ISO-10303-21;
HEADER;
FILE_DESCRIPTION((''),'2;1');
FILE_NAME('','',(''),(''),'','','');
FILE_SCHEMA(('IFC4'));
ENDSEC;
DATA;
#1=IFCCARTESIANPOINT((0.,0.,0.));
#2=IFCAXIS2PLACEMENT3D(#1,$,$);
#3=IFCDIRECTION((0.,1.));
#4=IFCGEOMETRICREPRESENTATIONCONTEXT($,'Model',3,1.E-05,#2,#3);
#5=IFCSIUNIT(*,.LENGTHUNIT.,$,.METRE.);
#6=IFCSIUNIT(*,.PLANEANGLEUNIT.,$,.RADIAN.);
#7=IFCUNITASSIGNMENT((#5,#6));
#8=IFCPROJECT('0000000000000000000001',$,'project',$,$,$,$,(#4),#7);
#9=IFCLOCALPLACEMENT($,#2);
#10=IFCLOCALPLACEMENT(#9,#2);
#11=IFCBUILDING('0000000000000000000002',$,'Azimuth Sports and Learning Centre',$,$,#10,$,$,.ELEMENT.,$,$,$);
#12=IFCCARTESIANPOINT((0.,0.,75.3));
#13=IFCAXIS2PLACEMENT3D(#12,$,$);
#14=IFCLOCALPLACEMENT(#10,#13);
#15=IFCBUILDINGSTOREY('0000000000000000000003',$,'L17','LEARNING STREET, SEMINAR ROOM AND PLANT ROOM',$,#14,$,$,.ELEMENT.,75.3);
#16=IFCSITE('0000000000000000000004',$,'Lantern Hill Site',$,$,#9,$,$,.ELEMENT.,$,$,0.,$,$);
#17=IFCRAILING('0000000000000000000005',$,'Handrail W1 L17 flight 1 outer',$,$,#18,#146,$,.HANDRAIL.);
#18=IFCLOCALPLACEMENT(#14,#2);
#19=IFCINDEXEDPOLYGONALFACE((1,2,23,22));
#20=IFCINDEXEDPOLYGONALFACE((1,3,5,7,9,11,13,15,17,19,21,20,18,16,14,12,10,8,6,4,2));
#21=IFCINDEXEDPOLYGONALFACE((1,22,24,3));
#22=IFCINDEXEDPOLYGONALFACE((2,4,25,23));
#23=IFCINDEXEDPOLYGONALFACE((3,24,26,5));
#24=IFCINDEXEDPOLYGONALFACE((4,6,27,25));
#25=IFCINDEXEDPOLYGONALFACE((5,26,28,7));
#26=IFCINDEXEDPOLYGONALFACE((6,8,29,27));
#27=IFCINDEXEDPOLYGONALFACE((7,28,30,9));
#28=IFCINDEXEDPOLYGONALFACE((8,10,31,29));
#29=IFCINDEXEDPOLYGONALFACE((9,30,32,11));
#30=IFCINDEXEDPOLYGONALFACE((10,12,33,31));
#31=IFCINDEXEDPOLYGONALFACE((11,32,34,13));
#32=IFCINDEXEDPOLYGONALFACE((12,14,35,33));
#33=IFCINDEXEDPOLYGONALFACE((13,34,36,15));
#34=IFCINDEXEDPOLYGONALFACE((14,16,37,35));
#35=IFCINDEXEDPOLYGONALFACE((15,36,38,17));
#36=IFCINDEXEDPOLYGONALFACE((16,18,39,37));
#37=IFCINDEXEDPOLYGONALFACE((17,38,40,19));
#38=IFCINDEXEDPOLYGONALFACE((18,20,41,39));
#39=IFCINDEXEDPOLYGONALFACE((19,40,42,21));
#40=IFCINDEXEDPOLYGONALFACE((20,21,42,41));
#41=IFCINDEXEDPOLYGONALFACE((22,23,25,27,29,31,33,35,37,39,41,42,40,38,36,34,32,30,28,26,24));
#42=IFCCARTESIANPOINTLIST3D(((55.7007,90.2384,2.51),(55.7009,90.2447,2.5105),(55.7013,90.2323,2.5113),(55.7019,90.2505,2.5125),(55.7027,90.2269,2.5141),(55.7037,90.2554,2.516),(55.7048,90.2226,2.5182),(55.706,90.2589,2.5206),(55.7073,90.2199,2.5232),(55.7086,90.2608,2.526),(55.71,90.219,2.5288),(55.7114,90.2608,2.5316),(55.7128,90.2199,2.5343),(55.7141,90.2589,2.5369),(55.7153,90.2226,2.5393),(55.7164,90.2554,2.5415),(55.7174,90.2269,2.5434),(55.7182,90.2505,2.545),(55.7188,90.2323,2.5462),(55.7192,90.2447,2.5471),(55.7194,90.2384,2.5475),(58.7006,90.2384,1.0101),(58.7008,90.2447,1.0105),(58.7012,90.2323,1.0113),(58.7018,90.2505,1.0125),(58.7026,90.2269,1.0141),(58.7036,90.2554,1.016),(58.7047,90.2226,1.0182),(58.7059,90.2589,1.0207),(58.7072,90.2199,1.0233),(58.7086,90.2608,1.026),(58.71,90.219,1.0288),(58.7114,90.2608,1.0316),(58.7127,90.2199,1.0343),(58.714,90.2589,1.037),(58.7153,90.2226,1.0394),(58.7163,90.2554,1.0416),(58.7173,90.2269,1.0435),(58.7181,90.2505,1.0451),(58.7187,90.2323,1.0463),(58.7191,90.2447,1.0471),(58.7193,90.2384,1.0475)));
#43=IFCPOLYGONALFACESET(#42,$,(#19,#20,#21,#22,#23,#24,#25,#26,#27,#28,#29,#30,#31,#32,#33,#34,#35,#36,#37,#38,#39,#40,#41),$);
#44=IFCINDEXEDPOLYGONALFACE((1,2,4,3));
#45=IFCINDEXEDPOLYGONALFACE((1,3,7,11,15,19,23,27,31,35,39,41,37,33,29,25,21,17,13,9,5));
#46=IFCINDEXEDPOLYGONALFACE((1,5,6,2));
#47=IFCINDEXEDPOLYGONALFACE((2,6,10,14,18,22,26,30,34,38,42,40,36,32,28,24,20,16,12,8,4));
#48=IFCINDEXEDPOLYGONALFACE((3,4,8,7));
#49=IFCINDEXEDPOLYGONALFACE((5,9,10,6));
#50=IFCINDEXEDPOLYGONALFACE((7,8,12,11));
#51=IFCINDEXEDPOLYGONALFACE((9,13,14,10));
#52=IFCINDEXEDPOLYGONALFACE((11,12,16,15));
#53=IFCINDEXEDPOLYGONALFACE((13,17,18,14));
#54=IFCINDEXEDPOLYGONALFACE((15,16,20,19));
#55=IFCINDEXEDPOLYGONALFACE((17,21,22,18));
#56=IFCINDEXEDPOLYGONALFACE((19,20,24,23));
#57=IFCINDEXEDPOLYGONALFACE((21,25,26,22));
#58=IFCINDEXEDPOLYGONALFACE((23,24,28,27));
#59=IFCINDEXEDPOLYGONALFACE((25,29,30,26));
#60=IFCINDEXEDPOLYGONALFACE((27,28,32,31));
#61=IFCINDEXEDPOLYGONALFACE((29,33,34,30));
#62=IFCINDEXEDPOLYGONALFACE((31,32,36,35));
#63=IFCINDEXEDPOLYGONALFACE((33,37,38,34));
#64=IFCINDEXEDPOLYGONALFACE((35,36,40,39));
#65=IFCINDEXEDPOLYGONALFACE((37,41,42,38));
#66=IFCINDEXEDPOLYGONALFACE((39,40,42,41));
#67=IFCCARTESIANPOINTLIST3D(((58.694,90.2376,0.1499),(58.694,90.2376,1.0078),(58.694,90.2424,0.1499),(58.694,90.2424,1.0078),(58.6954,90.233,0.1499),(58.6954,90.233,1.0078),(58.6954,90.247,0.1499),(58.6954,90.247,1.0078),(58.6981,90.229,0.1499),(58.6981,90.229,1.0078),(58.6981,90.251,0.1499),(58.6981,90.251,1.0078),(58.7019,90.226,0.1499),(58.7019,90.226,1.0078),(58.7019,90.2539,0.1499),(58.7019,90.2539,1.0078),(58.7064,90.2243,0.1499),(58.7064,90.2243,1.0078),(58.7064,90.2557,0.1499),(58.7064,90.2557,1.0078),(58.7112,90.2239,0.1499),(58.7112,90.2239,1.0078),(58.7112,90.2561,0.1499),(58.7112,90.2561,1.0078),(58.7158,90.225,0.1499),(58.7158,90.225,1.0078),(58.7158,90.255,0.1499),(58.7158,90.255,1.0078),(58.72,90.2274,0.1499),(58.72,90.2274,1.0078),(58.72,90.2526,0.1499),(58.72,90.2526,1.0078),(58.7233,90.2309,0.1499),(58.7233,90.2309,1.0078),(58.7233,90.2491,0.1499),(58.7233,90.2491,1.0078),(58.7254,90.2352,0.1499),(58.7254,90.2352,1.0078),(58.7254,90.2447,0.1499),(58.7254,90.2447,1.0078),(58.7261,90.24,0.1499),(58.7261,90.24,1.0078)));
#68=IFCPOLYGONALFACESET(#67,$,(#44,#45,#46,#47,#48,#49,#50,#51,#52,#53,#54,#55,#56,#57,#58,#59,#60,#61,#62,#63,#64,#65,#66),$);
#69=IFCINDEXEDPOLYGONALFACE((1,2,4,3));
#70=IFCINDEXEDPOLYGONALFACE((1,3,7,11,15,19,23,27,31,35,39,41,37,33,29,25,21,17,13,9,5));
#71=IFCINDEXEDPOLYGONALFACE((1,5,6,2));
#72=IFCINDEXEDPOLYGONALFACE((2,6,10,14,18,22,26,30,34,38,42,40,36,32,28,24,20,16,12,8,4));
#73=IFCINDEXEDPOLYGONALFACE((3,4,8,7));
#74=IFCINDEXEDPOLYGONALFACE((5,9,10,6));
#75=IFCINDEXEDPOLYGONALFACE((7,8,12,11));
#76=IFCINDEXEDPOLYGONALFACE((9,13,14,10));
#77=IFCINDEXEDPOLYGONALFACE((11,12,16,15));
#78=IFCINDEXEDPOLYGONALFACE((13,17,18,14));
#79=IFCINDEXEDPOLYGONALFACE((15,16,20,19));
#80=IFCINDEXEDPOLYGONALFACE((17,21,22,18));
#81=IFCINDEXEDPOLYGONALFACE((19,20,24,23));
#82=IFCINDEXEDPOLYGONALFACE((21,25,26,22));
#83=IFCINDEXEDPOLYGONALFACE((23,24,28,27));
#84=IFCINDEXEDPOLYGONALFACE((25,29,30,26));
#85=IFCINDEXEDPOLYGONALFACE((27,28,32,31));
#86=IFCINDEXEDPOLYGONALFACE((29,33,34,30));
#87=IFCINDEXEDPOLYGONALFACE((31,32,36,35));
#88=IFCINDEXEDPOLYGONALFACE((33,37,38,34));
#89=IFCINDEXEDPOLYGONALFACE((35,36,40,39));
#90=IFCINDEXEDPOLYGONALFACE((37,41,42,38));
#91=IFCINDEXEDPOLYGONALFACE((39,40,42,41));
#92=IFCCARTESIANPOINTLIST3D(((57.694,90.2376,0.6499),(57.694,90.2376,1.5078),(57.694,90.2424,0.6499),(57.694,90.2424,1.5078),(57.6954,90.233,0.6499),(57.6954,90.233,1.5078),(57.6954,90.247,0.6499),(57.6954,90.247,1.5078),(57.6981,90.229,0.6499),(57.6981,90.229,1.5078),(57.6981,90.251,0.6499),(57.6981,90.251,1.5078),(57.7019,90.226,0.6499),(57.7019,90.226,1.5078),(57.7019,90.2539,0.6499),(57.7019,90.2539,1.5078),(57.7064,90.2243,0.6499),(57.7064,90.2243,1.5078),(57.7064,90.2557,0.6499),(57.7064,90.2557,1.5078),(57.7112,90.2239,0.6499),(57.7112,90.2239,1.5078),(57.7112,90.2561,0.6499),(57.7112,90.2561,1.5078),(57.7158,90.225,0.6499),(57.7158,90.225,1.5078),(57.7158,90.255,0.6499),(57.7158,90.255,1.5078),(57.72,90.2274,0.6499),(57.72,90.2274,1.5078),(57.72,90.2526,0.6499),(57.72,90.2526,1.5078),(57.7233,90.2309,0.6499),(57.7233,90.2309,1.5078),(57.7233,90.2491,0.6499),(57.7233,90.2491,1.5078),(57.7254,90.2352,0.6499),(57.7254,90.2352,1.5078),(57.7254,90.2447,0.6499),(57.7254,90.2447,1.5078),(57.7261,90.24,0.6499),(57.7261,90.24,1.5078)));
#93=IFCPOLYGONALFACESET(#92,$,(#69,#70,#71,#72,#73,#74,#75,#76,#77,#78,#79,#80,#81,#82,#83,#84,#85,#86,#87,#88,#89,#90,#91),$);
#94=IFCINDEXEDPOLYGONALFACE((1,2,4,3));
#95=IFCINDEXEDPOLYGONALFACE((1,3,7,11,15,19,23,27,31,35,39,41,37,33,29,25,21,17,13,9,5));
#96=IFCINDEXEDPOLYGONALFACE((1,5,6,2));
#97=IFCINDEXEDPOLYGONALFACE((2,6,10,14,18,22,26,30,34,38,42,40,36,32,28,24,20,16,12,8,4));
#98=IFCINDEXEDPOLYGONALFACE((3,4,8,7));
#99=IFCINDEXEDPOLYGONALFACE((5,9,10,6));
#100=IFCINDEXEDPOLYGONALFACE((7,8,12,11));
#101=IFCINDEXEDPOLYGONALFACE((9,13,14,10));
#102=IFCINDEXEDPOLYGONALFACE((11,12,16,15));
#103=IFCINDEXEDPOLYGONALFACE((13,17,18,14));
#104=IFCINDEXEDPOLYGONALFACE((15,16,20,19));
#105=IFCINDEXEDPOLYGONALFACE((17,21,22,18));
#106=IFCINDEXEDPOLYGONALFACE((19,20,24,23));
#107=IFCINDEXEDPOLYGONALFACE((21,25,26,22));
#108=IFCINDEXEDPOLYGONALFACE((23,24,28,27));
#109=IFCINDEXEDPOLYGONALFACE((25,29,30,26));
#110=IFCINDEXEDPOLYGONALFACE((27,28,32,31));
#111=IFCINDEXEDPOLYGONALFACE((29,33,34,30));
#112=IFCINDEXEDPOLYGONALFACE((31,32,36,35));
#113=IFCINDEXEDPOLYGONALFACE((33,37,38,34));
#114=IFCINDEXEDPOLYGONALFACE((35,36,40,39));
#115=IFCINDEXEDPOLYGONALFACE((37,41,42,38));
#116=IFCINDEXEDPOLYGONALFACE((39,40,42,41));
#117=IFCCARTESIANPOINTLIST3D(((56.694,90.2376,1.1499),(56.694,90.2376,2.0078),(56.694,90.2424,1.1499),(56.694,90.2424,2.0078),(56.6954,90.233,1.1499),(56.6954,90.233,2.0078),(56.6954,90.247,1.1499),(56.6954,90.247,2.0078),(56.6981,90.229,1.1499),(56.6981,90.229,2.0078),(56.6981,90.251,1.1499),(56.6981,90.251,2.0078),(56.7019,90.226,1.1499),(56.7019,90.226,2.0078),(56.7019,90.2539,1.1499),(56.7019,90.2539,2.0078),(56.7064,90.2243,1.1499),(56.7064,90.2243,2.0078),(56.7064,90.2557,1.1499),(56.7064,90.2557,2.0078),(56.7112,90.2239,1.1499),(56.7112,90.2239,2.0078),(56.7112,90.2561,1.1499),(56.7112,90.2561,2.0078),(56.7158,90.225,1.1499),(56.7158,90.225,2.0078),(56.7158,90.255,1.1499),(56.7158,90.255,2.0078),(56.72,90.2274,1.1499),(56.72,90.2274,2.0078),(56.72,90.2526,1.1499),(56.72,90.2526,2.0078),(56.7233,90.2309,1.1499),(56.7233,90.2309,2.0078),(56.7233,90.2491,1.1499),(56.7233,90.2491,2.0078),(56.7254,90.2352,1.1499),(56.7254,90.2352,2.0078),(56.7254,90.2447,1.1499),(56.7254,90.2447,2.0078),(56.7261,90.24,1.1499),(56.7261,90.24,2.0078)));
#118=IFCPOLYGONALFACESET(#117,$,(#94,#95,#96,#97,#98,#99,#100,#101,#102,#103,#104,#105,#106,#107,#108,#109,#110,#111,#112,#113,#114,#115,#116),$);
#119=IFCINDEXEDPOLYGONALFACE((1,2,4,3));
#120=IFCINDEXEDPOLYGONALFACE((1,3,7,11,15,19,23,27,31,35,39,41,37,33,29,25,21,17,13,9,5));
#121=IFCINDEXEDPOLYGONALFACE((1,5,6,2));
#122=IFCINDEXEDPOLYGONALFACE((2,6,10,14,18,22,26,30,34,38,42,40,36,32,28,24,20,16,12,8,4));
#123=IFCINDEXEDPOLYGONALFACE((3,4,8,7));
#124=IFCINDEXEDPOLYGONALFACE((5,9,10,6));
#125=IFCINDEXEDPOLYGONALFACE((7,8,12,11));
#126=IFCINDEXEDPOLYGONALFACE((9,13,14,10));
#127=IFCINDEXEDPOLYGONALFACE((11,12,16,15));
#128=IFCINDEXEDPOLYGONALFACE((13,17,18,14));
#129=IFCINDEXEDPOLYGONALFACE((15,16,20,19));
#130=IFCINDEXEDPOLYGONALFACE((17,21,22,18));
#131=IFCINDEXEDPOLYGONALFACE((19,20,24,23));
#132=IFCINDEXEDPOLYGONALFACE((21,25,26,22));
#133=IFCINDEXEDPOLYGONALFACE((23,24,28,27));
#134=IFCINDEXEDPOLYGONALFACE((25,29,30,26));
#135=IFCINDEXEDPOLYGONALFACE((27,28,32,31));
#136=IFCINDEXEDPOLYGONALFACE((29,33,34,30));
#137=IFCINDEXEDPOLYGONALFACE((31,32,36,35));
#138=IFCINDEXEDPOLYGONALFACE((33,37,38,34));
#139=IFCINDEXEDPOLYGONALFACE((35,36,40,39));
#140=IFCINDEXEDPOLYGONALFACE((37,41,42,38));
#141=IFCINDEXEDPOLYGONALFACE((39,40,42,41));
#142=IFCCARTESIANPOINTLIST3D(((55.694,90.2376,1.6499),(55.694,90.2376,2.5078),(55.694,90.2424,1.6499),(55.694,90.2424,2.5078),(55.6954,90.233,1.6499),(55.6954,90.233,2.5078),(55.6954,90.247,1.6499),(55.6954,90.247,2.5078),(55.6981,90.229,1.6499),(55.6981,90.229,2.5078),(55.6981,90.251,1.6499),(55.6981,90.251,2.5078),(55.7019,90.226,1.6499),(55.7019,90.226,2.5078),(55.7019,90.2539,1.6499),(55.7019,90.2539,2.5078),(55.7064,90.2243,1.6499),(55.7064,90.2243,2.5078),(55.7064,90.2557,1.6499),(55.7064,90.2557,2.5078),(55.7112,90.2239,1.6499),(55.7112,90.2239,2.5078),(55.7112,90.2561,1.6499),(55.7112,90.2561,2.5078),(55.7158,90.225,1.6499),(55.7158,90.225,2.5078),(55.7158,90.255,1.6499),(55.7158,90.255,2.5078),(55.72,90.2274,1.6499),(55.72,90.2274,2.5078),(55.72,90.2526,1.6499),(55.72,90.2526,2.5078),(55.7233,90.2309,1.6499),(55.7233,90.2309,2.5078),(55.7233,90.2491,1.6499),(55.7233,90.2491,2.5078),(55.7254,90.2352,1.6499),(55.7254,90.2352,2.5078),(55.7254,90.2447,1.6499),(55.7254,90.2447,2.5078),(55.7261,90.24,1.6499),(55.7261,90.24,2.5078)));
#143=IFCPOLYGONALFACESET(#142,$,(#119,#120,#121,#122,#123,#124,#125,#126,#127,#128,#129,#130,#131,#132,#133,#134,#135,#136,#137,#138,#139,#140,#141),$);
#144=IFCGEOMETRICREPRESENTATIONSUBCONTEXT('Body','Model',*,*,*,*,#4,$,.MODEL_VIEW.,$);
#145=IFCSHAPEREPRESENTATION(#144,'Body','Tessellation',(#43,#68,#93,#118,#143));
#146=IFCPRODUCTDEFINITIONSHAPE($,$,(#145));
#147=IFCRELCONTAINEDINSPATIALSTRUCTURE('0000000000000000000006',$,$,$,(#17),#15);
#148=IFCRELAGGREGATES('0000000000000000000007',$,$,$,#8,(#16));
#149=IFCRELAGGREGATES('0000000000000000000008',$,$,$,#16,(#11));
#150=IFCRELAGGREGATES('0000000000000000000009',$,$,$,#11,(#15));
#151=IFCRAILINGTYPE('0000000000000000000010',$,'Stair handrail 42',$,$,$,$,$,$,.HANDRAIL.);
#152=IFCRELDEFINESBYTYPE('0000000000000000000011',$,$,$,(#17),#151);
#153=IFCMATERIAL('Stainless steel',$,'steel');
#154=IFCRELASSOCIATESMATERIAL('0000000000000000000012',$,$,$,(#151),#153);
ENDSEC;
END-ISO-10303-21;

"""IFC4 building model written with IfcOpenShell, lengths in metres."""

from ifc_helpers import new_model, si_unit, direction, frame, origin, origin_2d, place, context, subcontext, project, spatial, circle, extrude, material, type_object, element, save


model = new_model("IFC4")

# Units and contexts
model_context = context("Model", 3, precision=1e-05, world=origin(), true_north=direction((0.0, 1.0)))
body_context = subcontext(model_context, "Body", "Model", "MODEL_VIEW")
ifc_project = project(units=[si_unit("LENGTHUNIT", "METRE"), si_unit("PLANEANGLEUNIT", "RADIAN")], contexts=[model_context])

# Site, building, storey
site_placement = place(None, origin())
site = spatial("IfcSite", under=ifc_project, at=site_placement, Name="Lantern Hill Site", CompositionType="ELEMENT", RefElevation=0.0)
building_placement = place(site_placement, origin())
building = spatial("IfcBuilding", under=site, at=building_placement, Name="Azimuth Sports and Learning Centre", CompositionType="ELEMENT")
storey_placement = place(building_placement, frame((0.0, 0.0, 75.3)))
storey = spatial("IfcBuildingStorey", under=building, at=storey_placement, Name="L17", Description="LEARNING STREET, SEMINAR ROOM AND PLANT ROOM", CompositionType="ELEMENT", Elevation=75.3)

# Railing
ifc_material_1 = material(Name="Stainless steel", Category="steel")
railing_type_1 = type_object("IfcRailingType", Name="Stair handrail 42", PredefinedType="HANDRAIL", material=ifc_material_1)
for number, where, name in (
    (1, (58.71, 90.24, 0.1499), "Handrail W1 L17 flight 1 outer"),
):
    element("IfcRailing", number, at=place(storey_placement, frame(where)), inside=storey, type_object=railing_type_1, Name=name, PredefinedType="HANDRAIL", context=body_context, shape_type="SweptSolid", body=[
        extrude(circle(Radius=0.021, at=origin_2d()), frame((0.0, 0.0, 0.8789), z_axis=(-0.894427, 0.0, 0.447214), x_axis=(0.0, -1.0, 0.0)), (0.0, 0.0, 1.0), 3.354),
        extrude(circle(Radius=0.0161, at=origin_2d()), origin(), (0.0, 0.0, 1.0), 0.8579),
        extrude(circle(Radius=0.0161, at=origin_2d()), frame((-1.0, 0.0, 0.5)), (0.0, 0.0, 1.0), 0.8579),
        extrude(circle(Radius=0.0161, at=origin_2d()), frame((-2.0, 0.0, 1.0)), (0.0, 0.0, 1.0), 0.8579),
        extrude(circle(Radius=0.0161, at=origin_2d()), frame((-3.0, 0.0, 1.5)), (0.0, 0.0, 1.0), 0.8579),
    ])

save(model, "model.ifc")
